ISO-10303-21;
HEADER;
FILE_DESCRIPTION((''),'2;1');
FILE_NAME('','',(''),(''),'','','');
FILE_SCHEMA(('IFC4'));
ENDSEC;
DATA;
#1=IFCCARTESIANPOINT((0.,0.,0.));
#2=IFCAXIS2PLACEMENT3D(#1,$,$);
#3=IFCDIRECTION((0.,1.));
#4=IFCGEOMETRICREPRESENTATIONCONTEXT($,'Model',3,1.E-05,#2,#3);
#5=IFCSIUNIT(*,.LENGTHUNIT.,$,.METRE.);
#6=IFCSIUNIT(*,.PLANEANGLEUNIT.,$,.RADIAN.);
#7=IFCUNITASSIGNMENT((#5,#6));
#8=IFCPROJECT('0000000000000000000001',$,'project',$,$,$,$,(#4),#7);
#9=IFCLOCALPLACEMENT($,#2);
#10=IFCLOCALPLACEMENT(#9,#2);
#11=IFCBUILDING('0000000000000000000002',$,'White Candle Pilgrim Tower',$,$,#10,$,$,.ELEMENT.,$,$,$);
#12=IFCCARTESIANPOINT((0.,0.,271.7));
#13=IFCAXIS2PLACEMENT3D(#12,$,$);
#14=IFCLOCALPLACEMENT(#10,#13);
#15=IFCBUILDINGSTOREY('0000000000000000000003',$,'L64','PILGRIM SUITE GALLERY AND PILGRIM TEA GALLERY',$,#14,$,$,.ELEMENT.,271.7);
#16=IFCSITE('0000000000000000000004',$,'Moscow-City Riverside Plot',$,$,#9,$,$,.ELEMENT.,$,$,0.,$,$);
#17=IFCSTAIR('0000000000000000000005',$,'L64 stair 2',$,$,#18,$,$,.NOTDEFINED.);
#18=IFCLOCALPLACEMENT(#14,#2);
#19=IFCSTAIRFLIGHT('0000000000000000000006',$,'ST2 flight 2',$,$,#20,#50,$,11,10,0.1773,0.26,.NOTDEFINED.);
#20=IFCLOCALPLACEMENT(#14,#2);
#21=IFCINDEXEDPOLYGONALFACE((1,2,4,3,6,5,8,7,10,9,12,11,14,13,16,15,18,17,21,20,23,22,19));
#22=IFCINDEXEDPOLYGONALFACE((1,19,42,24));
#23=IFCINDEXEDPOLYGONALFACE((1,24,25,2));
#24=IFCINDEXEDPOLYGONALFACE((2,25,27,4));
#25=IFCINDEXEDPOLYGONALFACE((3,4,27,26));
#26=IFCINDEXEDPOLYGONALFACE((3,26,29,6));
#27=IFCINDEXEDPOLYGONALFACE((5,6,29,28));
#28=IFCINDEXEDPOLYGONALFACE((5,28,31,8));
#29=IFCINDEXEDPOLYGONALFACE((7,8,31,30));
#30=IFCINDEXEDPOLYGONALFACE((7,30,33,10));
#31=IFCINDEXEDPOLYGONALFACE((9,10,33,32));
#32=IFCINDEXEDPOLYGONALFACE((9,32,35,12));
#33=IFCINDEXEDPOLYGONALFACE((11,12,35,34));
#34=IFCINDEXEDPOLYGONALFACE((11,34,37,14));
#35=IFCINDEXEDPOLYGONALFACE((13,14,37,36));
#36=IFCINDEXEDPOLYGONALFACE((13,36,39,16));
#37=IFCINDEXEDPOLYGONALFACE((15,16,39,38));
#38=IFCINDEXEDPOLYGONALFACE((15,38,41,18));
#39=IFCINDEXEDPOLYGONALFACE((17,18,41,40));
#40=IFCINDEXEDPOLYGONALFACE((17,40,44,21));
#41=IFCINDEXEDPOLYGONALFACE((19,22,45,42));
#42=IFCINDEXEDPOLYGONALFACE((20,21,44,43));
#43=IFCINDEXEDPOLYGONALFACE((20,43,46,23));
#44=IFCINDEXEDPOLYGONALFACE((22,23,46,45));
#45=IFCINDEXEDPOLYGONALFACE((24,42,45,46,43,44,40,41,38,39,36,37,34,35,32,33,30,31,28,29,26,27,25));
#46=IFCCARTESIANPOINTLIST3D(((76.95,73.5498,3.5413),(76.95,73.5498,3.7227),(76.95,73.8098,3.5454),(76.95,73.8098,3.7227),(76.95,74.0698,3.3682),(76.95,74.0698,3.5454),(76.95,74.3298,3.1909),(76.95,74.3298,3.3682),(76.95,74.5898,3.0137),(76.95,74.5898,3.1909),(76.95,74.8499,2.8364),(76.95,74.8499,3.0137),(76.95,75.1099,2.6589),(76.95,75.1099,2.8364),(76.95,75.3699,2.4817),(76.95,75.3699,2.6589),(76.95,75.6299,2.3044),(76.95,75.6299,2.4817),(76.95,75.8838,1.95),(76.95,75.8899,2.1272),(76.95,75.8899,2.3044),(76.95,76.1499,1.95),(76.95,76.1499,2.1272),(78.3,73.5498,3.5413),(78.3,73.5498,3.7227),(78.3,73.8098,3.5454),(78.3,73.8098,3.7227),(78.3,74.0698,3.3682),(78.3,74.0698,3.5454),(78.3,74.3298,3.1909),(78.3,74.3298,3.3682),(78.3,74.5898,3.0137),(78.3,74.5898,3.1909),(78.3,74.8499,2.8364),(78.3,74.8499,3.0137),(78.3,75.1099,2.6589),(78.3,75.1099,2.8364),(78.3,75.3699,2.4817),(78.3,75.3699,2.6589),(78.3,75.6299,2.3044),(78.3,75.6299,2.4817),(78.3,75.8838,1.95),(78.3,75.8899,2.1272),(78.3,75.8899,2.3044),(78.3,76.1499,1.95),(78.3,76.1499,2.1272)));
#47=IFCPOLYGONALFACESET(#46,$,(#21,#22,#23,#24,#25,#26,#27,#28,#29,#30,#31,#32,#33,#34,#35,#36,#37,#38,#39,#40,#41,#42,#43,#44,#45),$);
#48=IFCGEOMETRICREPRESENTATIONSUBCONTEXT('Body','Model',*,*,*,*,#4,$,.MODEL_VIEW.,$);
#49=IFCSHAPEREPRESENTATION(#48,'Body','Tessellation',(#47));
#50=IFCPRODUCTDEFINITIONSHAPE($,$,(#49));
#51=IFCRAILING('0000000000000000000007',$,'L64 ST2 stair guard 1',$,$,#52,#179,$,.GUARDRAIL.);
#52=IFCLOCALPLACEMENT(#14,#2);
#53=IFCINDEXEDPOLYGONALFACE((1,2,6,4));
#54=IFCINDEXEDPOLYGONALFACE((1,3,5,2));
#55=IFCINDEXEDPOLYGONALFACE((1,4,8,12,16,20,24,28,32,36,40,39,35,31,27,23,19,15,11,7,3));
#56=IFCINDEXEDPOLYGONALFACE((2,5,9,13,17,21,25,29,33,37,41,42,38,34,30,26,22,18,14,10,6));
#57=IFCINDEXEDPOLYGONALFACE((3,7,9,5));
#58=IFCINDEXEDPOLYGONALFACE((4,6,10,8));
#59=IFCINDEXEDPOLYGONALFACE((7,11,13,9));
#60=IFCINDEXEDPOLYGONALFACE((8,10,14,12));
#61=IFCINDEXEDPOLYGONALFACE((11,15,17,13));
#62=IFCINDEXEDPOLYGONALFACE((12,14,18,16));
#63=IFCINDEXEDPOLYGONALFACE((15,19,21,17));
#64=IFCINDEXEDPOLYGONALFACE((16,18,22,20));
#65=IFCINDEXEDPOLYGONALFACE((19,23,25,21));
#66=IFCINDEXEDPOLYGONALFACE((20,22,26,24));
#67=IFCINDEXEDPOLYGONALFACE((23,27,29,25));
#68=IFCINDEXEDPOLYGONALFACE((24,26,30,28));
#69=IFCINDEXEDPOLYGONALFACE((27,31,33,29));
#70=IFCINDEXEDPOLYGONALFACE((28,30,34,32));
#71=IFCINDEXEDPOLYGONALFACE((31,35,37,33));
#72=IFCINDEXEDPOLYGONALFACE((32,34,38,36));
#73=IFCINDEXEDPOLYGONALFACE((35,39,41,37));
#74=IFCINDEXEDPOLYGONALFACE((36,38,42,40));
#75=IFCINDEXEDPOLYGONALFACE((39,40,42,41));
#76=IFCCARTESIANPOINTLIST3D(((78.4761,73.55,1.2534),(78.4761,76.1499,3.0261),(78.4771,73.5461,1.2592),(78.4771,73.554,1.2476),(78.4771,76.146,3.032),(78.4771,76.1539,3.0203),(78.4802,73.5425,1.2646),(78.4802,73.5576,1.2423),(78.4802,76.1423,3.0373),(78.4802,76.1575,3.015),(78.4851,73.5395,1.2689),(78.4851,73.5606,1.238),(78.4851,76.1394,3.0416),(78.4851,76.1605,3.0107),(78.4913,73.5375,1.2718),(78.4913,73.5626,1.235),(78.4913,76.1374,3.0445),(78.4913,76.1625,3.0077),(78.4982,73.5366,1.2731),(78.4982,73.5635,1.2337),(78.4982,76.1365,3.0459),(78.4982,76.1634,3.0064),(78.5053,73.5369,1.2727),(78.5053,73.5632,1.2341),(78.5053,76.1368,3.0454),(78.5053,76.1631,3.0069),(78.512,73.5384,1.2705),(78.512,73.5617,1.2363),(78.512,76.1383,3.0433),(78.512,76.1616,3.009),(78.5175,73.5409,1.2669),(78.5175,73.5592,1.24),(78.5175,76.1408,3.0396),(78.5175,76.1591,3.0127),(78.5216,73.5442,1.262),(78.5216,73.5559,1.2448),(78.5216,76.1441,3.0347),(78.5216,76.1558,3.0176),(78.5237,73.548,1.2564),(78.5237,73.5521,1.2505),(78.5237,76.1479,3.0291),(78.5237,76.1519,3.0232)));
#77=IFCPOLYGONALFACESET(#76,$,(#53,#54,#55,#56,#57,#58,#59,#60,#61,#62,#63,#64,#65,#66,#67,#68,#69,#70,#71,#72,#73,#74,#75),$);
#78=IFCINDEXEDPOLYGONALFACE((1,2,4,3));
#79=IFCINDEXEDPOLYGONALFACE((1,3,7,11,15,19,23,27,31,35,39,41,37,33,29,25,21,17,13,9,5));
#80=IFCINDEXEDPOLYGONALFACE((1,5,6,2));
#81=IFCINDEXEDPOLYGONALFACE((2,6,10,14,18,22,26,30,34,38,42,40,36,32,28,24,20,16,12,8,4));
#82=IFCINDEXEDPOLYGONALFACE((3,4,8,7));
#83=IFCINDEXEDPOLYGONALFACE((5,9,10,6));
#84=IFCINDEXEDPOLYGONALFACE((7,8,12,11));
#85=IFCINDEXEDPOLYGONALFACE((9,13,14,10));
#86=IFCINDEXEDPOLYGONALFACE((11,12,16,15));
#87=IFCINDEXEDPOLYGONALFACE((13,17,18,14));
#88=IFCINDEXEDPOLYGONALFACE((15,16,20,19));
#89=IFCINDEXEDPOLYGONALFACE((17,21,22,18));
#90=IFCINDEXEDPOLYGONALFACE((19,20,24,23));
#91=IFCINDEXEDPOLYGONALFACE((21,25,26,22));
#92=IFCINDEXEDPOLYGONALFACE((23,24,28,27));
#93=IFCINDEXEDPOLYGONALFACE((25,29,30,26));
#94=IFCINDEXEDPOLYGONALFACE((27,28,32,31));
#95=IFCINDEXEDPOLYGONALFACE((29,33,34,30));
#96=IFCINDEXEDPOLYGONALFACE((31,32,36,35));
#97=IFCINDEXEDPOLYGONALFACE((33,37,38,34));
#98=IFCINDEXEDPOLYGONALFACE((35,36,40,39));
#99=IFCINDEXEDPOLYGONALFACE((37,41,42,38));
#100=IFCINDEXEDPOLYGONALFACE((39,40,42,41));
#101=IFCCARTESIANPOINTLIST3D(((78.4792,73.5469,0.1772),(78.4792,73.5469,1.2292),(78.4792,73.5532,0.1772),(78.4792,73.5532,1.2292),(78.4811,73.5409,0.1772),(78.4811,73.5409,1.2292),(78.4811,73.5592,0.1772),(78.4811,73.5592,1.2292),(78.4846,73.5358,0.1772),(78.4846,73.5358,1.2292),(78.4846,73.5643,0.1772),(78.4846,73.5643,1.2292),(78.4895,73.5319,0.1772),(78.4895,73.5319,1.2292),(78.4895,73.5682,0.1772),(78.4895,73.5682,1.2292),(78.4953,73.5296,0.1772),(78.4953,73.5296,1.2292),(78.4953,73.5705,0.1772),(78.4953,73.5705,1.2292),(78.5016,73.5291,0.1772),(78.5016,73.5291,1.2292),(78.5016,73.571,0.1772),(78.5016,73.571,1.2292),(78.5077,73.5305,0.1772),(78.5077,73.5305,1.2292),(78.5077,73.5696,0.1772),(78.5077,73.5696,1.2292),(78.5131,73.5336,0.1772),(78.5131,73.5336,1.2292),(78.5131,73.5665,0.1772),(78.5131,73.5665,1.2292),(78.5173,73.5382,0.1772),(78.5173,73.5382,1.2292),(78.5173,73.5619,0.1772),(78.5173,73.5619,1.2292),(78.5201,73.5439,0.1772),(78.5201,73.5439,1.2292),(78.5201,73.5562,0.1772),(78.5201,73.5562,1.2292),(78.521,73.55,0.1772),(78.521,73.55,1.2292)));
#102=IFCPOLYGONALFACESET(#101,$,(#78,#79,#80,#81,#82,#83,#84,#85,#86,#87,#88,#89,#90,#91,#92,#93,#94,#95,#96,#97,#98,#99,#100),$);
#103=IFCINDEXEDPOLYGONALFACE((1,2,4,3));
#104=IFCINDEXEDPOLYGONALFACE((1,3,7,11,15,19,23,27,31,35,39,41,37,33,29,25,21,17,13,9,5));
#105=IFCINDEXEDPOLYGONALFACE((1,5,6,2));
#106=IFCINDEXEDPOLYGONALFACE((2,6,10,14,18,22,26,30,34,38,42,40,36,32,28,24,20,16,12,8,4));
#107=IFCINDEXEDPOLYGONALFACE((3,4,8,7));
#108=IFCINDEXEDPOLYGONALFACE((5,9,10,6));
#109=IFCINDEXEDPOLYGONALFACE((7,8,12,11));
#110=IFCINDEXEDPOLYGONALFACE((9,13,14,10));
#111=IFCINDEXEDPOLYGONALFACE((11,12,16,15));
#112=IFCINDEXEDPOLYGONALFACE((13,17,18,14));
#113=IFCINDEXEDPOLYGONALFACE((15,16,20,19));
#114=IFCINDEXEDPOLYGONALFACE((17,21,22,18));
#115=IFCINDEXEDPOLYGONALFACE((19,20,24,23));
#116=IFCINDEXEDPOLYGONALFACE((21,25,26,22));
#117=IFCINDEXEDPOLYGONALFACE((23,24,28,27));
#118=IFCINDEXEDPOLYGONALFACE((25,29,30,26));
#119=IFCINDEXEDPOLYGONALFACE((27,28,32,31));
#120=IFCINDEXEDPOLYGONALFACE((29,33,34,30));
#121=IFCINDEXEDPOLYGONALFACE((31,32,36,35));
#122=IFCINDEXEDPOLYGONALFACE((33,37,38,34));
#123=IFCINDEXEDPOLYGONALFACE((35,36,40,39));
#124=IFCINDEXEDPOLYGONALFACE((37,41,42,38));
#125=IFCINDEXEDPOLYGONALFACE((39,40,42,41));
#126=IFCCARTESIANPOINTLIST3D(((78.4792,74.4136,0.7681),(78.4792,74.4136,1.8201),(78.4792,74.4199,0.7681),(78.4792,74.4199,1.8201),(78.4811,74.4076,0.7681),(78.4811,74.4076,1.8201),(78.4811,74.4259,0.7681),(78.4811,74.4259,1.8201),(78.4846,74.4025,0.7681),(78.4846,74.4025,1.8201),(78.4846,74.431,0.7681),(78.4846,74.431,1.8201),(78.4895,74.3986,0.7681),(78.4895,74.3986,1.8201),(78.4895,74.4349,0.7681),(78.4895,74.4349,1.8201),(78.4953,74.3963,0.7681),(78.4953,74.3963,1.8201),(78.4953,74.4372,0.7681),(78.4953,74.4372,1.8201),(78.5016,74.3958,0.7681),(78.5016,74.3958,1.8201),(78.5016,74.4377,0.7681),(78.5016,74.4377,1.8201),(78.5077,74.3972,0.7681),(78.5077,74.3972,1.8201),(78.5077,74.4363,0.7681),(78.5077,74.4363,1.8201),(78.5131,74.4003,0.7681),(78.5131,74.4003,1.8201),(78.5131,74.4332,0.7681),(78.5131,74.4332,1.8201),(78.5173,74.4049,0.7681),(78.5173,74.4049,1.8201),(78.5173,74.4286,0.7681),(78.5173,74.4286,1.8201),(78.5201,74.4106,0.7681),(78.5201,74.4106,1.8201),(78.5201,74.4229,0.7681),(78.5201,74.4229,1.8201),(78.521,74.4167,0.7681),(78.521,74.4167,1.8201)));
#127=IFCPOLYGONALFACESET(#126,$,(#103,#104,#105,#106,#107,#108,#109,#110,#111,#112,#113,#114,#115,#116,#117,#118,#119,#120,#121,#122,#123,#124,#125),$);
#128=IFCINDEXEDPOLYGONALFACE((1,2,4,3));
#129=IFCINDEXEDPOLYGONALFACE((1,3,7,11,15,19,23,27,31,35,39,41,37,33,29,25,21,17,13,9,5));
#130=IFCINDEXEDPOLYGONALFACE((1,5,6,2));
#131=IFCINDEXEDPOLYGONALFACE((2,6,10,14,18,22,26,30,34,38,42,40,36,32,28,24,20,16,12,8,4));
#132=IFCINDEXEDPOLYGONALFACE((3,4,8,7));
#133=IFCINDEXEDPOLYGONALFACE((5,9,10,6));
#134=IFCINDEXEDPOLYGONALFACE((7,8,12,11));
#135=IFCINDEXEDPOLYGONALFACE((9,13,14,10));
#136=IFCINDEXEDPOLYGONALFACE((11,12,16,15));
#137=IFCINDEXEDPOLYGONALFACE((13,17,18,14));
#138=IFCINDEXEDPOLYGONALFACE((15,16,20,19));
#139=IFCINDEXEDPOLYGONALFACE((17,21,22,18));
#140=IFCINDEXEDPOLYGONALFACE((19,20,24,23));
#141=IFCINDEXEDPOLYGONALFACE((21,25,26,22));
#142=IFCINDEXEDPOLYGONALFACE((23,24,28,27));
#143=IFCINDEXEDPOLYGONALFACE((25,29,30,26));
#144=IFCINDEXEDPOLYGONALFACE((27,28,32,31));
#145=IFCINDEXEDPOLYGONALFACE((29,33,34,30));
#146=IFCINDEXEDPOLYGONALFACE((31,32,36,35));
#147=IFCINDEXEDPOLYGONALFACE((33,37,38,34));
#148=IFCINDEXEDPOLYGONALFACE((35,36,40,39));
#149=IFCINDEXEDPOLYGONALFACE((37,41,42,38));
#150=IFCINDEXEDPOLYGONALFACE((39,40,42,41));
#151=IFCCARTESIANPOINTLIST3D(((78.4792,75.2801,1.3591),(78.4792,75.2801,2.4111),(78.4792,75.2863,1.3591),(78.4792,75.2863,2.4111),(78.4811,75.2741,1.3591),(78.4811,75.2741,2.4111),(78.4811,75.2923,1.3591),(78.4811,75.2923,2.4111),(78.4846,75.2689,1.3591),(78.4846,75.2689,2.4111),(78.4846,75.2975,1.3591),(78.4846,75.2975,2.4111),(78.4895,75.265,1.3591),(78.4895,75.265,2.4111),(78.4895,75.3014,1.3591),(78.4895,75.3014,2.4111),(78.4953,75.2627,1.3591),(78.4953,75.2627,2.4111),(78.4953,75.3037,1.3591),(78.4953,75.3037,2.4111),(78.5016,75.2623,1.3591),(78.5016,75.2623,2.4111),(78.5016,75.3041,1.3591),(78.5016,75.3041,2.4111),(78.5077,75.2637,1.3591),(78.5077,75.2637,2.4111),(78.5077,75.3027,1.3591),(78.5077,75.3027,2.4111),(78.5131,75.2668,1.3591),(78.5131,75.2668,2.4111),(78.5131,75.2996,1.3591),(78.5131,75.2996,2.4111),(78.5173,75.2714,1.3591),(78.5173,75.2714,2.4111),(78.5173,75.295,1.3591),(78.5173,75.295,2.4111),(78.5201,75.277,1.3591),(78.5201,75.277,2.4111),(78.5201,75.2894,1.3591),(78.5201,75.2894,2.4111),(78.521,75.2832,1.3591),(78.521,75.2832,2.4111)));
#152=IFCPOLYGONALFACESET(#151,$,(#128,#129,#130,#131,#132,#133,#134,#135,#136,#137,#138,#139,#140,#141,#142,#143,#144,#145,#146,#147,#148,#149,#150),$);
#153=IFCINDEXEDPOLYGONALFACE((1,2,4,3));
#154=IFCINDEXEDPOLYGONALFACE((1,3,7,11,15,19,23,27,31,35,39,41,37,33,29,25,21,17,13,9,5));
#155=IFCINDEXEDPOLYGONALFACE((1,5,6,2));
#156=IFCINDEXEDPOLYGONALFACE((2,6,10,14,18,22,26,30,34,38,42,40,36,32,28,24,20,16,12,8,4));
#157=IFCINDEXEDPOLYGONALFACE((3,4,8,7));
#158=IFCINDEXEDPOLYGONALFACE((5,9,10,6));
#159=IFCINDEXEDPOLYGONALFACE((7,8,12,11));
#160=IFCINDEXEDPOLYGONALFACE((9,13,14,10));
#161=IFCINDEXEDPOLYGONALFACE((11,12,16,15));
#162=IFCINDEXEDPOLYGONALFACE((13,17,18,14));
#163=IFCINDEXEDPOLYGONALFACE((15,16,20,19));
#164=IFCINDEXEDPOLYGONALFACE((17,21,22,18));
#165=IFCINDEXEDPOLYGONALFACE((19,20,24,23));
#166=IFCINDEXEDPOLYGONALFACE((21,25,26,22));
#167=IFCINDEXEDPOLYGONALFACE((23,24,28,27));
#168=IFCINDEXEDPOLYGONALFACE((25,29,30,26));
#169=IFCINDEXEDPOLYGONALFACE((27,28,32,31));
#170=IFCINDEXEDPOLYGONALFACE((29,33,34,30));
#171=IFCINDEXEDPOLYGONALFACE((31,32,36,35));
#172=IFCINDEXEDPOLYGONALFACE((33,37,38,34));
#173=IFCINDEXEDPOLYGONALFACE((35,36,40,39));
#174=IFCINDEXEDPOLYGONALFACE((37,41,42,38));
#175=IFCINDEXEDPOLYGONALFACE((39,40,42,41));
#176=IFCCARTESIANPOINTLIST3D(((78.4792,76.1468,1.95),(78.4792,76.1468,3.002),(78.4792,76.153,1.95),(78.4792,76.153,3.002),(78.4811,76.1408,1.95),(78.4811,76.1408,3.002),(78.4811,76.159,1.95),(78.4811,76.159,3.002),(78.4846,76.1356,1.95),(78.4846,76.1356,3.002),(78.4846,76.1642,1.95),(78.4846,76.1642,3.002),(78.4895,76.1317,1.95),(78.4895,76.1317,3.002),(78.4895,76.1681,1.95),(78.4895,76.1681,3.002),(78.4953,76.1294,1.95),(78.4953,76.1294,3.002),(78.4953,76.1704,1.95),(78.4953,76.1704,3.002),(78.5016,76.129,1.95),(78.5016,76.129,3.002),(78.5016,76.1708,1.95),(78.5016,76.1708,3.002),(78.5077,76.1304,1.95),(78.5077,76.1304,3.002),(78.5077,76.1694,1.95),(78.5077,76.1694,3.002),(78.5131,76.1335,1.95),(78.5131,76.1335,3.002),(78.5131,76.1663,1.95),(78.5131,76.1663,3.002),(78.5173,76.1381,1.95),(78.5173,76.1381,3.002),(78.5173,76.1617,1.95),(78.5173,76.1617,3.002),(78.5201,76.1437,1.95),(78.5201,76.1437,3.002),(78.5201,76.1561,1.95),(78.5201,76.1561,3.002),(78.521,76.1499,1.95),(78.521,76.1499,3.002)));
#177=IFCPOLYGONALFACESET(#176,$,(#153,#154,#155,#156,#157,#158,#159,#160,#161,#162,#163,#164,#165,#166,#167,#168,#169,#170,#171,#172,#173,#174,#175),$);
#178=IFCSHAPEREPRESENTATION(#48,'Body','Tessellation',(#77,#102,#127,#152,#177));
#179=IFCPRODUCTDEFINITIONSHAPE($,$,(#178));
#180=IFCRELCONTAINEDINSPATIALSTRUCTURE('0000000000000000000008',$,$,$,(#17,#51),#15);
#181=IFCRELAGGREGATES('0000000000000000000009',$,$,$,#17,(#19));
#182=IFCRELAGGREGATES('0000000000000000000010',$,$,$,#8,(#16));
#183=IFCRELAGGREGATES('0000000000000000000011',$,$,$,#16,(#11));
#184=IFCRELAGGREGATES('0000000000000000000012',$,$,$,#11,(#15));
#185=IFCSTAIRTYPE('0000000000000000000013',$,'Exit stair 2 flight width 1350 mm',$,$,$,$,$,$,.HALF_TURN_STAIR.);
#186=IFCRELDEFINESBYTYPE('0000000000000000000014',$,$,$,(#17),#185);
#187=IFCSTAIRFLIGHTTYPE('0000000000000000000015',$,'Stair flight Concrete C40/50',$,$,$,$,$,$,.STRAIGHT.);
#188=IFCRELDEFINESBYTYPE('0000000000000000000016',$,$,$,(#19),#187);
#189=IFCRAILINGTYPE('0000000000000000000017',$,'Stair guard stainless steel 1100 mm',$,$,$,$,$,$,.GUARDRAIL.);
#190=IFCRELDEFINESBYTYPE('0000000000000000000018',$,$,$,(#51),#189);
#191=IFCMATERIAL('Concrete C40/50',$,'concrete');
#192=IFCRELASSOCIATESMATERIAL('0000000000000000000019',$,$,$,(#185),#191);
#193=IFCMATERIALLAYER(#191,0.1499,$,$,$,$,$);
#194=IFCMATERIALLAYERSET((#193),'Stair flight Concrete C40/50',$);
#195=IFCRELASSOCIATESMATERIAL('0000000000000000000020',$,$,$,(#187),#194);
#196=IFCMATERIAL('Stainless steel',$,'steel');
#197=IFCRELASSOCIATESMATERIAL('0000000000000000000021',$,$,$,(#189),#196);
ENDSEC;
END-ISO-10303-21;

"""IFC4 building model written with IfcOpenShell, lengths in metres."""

from ifc_helpers import new_model, si_unit, direction, frame, origin, origin_2d, place, context, subcontext, project, spatial, polyline, circle, outline, extrude, material, layer, layer_set, type_object, element, aggregate, save


model = new_model("IFC4")

# Units and contexts
model_context = context("Model", 3, precision=1e-05, world=origin(), true_north=direction((0.0, 1.0)))
body_context = subcontext(model_context, "Body", "Model", "MODEL_VIEW")
ifc_project = project(units=[si_unit("LENGTHUNIT", "METRE"), si_unit("PLANEANGLEUNIT", "RADIAN")], contexts=[model_context])

# Site, building, storey
site_placement = place(None, origin())
site = spatial("IfcSite", under=ifc_project, at=site_placement, Name="Moscow-City Riverside Plot", CompositionType="ELEMENT", RefElevation=0.0)
building_placement = place(site_placement, origin())
building = spatial("IfcBuilding", under=site, at=building_placement, Name="White Candle Pilgrim Tower", CompositionType="ELEMENT")
storey_placement = place(building_placement, frame((0.0, 0.0, 271.7)))
storey = spatial("IfcBuildingStorey", under=building, at=storey_placement, Name="L64", Description="PILGRIM SUITE GALLERY AND PILGRIM TEA GALLERY", CompositionType="ELEMENT", Elevation=271.7)

# Stair, stair flight
ifc_material_1 = material(Name="Concrete C40/50", Category="concrete")
stair_type = type_object("IfcStairType", Name="Exit stair 2 flight width 1350 mm", PredefinedType="HALF_TURN_STAIR", material=ifc_material_1)
stair_placement = place(storey_placement, origin())
stair = element("IfcStair", 1, at=stair_placement, inside=storey, type_object=stair_type, Name="L64 stair 2", PredefinedType="NOTDEFINED")
ifc_layer_1 = layer(ifc_material_1, 0.1499)
ifc_layer_set_1 = layer_set([ifc_layer_1], Name="Stair flight Concrete C40/50")
stair_flight_type = type_object("IfcStairFlightType", Name="Stair flight Concrete C40/50", PredefinedType="STRAIGHT", material=ifc_layer_set_1)
stair_flight_1_placement = place(storey_placement, frame((77.625, 76.1499, 1.95), z_axis=(0.0, 0.0, 1.0), x_axis=(0.0, -1.0, 0.0)))
stair_flight_1 = element("IfcStairFlight", 2, at=stair_flight_1_placement, type_object=stair_flight_type, Name="ST2 flight 2", NumberOfRisers=11, NumberOfTreads=10, PredefinedType="NOTDEFINED", RiserHeight=0.1773, TreadLength=0.26, context=body_context, shape_type="SweptSolid", body=[
    extrude(outline(polyline([(0.0, 0.0), (0.0, 0.1772), (0.26, 0.1772), (0.26, 0.3545), (0.52, 0.3545), (0.52, 0.5317), (0.78, 0.5317), (0.78, 0.709), (1.04, 0.709), (1.04, 0.8865), (1.3, 0.8865), (1.3, 1.0637), (1.5601, 1.0637), (1.5601, 1.241), (1.8201, 1.241), (1.8201, 1.4182), (2.0801, 1.4182), (2.0801, 1.5955), (2.3401, 1.5955), (2.3401, 1.7727), (2.6001, 1.7727), (2.6001, 1.95), (2.6001, 1.5913), (0.2661, 0.0), (0.0, 0.0)])), frame((0.0, 0.675, 0.0), z_axis=(0.0, -1.0, 0.0), x_axis=(1.0, 0.0, 0.0)), (0.0, 0.0, 1.0), 1.3501),
])
aggregate(stair, [stair_flight_1])

# Railing
ifc_material_2 = material(Name="Stainless steel", Category="steel")
railing_type_1 = type_object("IfcRailingType", Name="Stair guard stainless steel 1100 mm", PredefinedType="GUARDRAIL", material=ifc_material_2)
railing_1_placement = place(storey_placement, frame((78.5, 73.55, 0.1772)))
element("IfcRailing", 3, at=railing_1_placement, inside=storey, type_object=railing_type_1, Name="L64 ST2 stair guard 1", PredefinedType="GUARDRAIL", context=body_context, shape_type="SweptSolid", body=[
    extrude(circle(Radius=0.0239, at=origin_2d()), frame((0.0, 0.0, 1.0762), z_axis=(0.0, 0.826216, 0.563354), x_axis=(-1.0, 0.0, 0.0)), (0.0, 0.0, 1.0), 3.1467),
    extrude(circle(Radius=0.021, at=origin_2d()), origin(), (0.0, 0.0, 1.0), 1.052),
    extrude(circle(Radius=0.021, at=origin_2d()), frame((0.0, 0.8667, 0.5908)), (0.0, 0.0, 1.0), 1.052),
    extrude(circle(Radius=0.021, at=origin_2d()), frame((0.0, 1.7332, 1.1819)), (0.0, 0.0, 1.0), 1.052),
    extrude(circle(Radius=0.021, at=origin_2d()), frame((0.0, 2.5999, 1.7727)), (0.0, 0.0, 1.0), 1.052),
])

save(model, "model.ifc")
